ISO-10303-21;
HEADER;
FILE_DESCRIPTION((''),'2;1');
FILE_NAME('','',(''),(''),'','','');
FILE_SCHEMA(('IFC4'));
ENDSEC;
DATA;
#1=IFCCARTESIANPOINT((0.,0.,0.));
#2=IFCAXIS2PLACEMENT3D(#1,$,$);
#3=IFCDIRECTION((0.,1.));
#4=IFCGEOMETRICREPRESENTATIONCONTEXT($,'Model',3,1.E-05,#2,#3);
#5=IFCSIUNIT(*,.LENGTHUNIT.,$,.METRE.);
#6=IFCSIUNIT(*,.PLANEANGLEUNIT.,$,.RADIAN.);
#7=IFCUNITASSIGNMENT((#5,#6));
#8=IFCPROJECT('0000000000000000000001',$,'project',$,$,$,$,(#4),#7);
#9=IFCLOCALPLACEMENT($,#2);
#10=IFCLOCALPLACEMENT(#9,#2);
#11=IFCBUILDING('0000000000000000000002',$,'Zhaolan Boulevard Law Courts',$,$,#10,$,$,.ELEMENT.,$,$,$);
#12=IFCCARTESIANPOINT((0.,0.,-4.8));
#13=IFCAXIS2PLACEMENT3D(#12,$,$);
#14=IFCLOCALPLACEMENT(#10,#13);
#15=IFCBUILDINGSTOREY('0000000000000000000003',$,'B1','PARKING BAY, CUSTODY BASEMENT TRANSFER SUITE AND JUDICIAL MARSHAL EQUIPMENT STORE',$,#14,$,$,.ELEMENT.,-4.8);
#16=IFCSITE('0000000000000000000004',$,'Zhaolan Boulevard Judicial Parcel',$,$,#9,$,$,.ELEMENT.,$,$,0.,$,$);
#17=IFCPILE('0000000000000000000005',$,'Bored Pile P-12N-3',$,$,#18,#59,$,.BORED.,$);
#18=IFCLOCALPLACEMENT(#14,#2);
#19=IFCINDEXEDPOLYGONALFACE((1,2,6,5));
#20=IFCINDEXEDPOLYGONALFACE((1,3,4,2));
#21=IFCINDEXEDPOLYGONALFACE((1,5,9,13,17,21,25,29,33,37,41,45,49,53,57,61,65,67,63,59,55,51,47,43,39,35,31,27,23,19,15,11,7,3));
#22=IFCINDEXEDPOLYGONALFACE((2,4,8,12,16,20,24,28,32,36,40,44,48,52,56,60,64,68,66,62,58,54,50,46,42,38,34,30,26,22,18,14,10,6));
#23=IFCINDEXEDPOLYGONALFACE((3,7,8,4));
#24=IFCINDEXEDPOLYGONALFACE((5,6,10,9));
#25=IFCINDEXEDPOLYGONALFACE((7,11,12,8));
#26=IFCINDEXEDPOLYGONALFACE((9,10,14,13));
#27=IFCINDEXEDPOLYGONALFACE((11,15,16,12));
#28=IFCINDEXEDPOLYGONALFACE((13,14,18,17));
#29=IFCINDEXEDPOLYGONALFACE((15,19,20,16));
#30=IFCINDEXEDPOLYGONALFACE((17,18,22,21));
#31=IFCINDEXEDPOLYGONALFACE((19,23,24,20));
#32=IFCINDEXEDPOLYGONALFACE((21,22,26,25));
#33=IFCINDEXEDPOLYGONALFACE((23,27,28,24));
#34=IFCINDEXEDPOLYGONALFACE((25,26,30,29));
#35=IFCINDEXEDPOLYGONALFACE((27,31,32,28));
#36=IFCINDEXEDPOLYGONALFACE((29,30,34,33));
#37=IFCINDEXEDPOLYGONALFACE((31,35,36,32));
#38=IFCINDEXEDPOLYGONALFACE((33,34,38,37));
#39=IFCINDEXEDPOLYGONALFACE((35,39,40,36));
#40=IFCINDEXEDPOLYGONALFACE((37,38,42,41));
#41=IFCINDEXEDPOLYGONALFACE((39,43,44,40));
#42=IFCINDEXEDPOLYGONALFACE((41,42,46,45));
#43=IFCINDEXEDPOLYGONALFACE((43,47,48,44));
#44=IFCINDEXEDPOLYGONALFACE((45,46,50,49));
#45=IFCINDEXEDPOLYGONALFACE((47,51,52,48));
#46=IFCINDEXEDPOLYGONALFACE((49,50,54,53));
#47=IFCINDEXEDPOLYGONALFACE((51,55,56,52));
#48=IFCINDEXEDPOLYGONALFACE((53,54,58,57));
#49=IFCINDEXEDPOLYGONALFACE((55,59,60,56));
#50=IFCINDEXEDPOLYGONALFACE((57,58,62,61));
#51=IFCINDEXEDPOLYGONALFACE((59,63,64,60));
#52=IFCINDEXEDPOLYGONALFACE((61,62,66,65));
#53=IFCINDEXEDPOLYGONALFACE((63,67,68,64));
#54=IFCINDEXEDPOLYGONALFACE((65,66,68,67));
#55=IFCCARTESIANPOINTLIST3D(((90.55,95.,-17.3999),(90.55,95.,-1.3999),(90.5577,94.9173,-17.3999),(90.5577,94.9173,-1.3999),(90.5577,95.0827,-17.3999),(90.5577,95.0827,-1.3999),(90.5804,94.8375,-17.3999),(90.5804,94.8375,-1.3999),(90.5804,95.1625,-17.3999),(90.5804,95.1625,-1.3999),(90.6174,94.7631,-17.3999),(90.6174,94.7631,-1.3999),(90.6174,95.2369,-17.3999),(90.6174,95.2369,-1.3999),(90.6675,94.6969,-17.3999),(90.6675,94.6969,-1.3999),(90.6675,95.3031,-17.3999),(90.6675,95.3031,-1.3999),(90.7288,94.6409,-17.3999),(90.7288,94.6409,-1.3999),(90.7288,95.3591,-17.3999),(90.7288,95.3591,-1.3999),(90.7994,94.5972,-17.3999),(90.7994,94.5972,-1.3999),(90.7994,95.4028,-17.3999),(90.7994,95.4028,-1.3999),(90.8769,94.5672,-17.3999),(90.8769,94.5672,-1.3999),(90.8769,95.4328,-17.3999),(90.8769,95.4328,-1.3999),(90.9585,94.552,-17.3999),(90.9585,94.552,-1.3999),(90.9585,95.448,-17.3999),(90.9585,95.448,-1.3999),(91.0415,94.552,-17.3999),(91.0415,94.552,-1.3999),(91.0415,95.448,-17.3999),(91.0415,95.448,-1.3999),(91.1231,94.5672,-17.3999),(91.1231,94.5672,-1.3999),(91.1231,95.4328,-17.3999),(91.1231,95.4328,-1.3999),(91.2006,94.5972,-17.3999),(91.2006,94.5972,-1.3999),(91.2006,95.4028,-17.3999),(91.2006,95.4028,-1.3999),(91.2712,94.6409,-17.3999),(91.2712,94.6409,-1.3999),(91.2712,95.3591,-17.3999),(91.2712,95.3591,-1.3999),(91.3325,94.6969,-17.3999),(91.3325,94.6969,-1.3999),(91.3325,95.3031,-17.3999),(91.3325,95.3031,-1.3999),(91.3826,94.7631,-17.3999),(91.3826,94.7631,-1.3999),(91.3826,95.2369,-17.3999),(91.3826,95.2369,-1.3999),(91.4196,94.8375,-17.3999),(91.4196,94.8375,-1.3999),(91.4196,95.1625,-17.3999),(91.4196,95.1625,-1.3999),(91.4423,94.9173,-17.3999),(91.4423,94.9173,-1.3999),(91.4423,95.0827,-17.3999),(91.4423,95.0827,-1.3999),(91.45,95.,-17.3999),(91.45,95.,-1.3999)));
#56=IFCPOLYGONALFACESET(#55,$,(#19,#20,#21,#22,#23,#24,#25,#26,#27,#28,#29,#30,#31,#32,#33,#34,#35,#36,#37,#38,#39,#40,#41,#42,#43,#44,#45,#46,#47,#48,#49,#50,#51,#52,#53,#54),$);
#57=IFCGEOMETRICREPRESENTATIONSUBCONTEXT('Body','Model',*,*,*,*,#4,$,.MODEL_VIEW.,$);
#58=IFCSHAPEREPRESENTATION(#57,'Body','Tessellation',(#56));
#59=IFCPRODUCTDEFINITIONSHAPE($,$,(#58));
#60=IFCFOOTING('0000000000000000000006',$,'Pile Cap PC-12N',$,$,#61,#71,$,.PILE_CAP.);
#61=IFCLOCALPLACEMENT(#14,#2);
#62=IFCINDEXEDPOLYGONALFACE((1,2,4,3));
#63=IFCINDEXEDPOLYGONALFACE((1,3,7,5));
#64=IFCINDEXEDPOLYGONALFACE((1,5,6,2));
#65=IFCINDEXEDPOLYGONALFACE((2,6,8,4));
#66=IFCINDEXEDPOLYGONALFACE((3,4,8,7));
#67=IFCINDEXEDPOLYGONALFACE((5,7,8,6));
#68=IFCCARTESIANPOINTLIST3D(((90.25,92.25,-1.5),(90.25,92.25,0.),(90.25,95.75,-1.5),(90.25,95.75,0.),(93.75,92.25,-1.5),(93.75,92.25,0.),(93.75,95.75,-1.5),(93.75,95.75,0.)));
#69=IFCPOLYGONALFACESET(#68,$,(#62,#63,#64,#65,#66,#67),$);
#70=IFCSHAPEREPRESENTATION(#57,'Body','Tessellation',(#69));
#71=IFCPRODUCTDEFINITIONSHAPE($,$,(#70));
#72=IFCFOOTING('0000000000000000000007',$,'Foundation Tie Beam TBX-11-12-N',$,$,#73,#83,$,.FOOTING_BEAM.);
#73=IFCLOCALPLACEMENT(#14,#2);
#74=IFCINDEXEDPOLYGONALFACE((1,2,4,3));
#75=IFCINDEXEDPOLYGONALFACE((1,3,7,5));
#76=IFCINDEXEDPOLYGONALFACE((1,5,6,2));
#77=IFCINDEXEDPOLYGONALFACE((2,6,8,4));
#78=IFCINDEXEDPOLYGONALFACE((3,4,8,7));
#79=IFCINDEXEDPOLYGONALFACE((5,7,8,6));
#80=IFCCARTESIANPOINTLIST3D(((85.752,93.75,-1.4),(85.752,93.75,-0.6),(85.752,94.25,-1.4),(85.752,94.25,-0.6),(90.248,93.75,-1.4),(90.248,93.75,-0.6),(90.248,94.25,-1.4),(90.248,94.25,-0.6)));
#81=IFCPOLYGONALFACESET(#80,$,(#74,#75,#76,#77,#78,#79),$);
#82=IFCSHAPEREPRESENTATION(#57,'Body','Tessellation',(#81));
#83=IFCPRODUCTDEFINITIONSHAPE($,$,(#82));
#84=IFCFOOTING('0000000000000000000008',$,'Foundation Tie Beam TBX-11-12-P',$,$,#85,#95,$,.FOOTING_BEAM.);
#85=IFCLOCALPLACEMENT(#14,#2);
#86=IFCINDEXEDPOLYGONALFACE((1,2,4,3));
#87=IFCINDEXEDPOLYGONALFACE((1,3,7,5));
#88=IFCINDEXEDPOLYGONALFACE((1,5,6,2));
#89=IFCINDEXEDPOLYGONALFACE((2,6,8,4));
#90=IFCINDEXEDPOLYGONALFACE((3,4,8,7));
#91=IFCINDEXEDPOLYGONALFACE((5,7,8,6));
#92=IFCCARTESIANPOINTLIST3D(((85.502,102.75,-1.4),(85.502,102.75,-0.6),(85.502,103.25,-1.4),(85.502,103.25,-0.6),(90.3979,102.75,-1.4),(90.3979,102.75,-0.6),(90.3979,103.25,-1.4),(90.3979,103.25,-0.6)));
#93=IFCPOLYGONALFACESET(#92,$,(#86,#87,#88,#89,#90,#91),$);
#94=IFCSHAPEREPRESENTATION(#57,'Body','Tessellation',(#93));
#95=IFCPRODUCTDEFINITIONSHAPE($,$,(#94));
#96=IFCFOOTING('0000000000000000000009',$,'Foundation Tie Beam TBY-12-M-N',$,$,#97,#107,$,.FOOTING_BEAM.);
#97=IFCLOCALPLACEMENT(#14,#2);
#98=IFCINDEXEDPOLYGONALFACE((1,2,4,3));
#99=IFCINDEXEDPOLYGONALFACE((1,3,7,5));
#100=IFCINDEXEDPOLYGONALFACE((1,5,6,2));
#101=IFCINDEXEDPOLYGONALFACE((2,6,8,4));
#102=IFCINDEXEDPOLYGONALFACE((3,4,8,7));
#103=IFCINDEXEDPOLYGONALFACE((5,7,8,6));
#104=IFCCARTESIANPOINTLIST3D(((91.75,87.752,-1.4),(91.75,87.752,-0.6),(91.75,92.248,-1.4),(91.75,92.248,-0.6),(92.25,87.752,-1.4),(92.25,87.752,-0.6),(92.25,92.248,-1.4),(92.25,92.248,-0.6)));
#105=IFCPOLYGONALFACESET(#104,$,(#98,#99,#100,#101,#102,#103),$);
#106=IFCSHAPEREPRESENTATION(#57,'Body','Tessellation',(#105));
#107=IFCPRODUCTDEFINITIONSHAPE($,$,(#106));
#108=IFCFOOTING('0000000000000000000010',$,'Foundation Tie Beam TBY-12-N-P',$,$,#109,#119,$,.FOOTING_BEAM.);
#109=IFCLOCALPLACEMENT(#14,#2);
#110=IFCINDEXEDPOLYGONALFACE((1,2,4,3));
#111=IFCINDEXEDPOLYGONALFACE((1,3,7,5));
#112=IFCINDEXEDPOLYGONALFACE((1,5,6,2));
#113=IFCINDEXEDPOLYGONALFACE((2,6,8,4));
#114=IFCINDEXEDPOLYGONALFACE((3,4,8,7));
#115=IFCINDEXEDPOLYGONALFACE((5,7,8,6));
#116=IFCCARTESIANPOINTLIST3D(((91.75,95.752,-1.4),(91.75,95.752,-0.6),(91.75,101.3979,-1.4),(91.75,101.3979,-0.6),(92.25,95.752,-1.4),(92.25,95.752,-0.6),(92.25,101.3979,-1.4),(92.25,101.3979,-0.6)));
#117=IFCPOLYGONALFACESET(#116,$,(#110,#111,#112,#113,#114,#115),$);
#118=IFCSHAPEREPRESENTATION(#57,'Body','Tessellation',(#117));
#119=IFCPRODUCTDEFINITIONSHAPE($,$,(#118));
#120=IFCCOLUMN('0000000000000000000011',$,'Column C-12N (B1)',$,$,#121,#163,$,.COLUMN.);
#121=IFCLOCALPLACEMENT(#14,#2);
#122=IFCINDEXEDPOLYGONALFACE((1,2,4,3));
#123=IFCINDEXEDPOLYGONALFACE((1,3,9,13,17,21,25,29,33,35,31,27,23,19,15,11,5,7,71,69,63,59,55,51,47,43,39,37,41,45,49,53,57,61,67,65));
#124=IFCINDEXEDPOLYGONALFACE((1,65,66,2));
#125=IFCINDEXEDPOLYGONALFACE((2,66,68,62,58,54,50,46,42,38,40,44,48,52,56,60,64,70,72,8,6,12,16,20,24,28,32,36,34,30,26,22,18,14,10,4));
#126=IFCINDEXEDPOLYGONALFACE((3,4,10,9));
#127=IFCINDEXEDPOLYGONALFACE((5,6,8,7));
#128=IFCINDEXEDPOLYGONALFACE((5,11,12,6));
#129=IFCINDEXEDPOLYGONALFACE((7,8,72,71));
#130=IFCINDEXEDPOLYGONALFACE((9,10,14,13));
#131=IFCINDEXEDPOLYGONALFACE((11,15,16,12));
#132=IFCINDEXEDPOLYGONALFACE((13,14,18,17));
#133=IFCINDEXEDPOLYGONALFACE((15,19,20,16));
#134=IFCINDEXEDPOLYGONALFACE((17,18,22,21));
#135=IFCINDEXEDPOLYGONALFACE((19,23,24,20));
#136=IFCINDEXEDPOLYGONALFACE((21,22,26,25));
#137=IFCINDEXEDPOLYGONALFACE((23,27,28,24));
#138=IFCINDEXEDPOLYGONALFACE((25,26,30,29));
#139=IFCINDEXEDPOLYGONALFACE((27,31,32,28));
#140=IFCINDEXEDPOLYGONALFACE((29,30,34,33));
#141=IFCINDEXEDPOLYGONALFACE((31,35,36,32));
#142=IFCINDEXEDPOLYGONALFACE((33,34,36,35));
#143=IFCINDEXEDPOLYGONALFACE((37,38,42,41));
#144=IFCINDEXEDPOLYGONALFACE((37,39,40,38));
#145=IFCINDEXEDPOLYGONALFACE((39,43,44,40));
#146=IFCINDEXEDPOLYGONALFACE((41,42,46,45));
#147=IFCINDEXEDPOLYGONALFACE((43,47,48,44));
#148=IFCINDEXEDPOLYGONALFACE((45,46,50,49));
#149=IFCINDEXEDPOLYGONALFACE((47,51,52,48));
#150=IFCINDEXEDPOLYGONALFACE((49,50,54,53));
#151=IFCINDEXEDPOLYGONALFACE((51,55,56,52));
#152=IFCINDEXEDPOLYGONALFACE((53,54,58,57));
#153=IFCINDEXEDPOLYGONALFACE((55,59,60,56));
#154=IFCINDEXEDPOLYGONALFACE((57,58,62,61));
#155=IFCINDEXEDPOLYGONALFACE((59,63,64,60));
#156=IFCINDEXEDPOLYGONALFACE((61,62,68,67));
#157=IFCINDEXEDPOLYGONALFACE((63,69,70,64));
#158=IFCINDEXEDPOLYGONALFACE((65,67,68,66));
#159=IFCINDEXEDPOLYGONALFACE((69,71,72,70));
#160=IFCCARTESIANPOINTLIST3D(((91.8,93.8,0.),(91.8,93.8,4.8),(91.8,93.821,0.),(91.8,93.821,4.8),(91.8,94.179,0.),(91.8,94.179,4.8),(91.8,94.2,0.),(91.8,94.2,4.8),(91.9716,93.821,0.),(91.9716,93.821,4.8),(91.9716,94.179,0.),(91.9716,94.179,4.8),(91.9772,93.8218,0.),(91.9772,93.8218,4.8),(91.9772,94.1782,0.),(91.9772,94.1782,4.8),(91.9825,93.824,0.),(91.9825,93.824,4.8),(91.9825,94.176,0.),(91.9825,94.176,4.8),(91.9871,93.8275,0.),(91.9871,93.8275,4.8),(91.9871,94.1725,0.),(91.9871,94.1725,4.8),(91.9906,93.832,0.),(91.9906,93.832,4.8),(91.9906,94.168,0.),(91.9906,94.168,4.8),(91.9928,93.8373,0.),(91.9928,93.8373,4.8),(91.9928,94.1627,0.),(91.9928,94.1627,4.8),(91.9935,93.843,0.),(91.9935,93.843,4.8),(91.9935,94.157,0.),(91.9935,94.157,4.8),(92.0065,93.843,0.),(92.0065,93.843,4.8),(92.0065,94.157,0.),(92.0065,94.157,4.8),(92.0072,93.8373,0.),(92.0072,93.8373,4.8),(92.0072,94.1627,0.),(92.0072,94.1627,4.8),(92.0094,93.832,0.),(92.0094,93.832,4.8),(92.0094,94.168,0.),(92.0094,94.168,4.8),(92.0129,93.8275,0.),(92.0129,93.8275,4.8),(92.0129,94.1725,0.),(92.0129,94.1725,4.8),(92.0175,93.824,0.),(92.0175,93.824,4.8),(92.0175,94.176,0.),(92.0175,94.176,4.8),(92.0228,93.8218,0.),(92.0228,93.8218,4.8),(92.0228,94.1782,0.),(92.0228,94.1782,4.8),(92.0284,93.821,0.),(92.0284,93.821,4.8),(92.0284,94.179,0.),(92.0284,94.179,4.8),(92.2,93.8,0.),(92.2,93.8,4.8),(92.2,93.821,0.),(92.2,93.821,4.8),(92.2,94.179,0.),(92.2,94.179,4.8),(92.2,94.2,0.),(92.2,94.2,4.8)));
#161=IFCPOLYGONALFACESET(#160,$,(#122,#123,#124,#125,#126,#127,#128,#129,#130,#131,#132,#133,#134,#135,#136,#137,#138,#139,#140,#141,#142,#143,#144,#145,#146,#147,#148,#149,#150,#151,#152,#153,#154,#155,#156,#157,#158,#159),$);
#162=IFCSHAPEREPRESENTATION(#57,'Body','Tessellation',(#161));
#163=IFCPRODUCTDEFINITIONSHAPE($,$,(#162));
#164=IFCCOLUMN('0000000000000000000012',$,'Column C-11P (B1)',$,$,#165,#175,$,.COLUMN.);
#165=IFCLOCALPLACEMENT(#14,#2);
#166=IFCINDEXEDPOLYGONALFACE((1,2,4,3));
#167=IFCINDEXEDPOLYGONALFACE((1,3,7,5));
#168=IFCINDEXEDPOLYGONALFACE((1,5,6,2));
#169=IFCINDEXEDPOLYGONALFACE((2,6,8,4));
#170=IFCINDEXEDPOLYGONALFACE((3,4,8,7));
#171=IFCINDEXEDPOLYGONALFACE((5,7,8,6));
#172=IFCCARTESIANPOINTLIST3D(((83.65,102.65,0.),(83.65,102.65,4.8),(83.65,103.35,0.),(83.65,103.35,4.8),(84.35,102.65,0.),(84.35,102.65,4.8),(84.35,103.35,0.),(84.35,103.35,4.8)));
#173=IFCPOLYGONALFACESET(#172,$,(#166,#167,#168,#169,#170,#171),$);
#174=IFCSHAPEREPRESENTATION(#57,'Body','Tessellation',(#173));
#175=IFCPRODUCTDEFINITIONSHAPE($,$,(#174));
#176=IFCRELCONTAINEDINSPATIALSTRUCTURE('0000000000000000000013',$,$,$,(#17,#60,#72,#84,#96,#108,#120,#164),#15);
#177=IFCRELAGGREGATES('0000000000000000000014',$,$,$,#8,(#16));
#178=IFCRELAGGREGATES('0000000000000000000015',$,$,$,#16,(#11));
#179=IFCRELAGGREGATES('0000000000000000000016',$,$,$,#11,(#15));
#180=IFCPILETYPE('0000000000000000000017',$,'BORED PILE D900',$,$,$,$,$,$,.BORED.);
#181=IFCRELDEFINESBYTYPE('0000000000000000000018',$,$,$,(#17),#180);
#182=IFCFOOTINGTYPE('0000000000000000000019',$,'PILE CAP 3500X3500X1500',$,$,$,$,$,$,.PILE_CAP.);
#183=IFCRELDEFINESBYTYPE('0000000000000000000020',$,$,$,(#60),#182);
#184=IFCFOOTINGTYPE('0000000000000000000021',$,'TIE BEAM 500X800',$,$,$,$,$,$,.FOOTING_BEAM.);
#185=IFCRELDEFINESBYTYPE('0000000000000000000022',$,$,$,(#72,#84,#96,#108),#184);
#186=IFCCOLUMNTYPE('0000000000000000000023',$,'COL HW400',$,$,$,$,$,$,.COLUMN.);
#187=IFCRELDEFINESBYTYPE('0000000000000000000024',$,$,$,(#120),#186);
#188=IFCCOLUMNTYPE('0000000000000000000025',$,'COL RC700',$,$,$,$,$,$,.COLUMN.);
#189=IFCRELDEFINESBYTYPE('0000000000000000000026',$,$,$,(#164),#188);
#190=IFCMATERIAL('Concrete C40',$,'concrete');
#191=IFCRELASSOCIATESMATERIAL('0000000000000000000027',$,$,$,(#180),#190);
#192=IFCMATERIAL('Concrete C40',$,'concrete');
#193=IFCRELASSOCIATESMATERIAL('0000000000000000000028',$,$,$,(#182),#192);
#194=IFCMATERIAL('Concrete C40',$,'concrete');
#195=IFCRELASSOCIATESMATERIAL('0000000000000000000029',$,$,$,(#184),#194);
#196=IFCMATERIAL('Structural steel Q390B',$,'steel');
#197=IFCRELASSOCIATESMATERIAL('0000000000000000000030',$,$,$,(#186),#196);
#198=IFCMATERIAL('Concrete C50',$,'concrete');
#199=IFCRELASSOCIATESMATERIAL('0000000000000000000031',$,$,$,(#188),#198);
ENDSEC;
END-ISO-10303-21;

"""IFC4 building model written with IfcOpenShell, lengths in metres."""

from ifc_helpers import new_model, si_unit, direction, frame, origin, origin_2d, place, context, subcontext, project, spatial, rectangle, circle, i_section, extrude, material, material_profile, profile_set, type_object, element, save


model = new_model("IFC4")

# Units and contexts
model_context = context("Model", 3, precision=1e-05, world=origin(), true_north=direction((0.0, 1.0)))
body_context = subcontext(model_context, "Body", "Model", "MODEL_VIEW")
ifc_project = project(units=[si_unit("LENGTHUNIT", "METRE"), si_unit("PLANEANGLEUNIT", "RADIAN")], contexts=[model_context])

# Site, building, storey
site_placement = place(None, origin())
site = spatial("IfcSite", under=ifc_project, at=site_placement, Name="Zhaolan Boulevard Judicial Parcel", CompositionType="ELEMENT", RefElevation=0.0)
building_placement = place(site_placement, origin())
building = spatial("IfcBuilding", under=site, at=building_placement, Name="Zhaolan Boulevard Law Courts", CompositionType="ELEMENT")
storey_placement = place(building_placement, frame((0.0, 0.0, -4.8)))
storey = spatial("IfcBuildingStorey", under=building, at=storey_placement, Name="B1", Description="PARKING BAY, CUSTODY BASEMENT TRANSFER SUITE AND JUDICIAL MARSHAL EQUIPMENT STORE", CompositionType="ELEMENT", Elevation=-4.8)

# Pile
ifc_material_1 = material(Name="Concrete C40", Category="concrete")
ifc_material_profile_1 = material_profile(ifc_material_1, circle(Radius=0.45, at=origin_2d()), Name="PILE-D900")
ifc_profile_set_1 = profile_set([ifc_material_profile_1], Name="Concrete C40")
pile_type_1 = type_object("IfcPileType", Name="BORED PILE D900", PredefinedType="BORED", material=ifc_profile_set_1)
for number, where, z_axis, x_axis, name in (
    (1, (91.0, 95.0, -1.3999), (0.0, 0.0, -1.0), (1.0, 0.0, 0.0), "Bored Pile P-12N-3"),
):
    element("IfcPile", number, at=place(storey_placement, frame(where, z_axis=z_axis, x_axis=x_axis)), inside=storey, type_object=pile_type_1, Name=name, PredefinedType="BORED", context=body_context, shape_type="SweptSolid", body=[
        extrude(circle(Radius=0.45, at=origin_2d()), origin(), (0.0, 0.0, 1.0), 16.0),
    ])

# Footings
ifc_material_2 = material(Name="Concrete C40", Category="concrete")
footing_type_1 = type_object("IfcFootingType", Name="PILE CAP 3500X3500X1500", PredefinedType="PILE_CAP", material=ifc_material_2)
footing_1_placement = place(storey_placement, frame((92.0, 94.0, -1.5), z_axis=(0.0, 0.0, 1.0), x_axis=(1.0, 0.0, 0.0)))
element("IfcFooting", 2, at=footing_1_placement, inside=storey, type_object=footing_type_1, Name="Pile Cap PC-12N", PredefinedType="PILE_CAP", context=body_context, shape_type="SweptSolid", body=[
    extrude(rectangle(XDim=3.5, YDim=3.5, at=origin_2d()), origin(), (0.0, 0.0, 1.0), 1.5),
])
ifc_material_3 = material(Name="Concrete C40", Category="concrete")
ifc_material_profile_2 = material_profile(ifc_material_3, rectangle(XDim=0.5, YDim=0.8, at=origin_2d()), Name="RC500x800")
ifc_profile_set_2 = profile_set([ifc_material_profile_2], Name="Concrete C40")
footing_type_2 = type_object("IfcFootingType", Name="TIE BEAM 500X800", PredefinedType="FOOTING_BEAM", material=ifc_profile_set_2)
footing_2_placement = place(storey_placement, frame((85.752, 94.0, -1.0), z_axis=(1.0, 0.0, 0.0), x_axis=(0.0, 1.0, 0.0)))
element("IfcFooting", 3, at=footing_2_placement, inside=storey, type_object=footing_type_2, Name="Foundation Tie Beam TBX-11-12-N", PredefinedType="FOOTING_BEAM", context=body_context, shape_type="SweptSolid", body=[
    extrude(rectangle(XDim=0.5, YDim=0.8, at=origin_2d()), origin(), (0.0, 0.0, 1.0), 4.4961),
])
footing_3_placement = place(storey_placement, frame((85.502, 103.0, -1.0), z_axis=(1.0, 0.0, 0.0), x_axis=(0.0, 1.0, 0.0)))
element("IfcFooting", 4, at=footing_3_placement, inside=storey, type_object=footing_type_2, Name="Foundation Tie Beam TBX-11-12-P", PredefinedType="FOOTING_BEAM", context=body_context, shape_type="SweptSolid", body=[
    extrude(rectangle(XDim=0.5, YDim=0.8, at=origin_2d()), origin(), (0.0, 0.0, 1.0), 4.896),
])
footing_4_placement = place(storey_placement, frame((92.0, 87.752, -1.0), z_axis=(0.0, 1.0, 0.0), x_axis=(-1.0, 0.0, 0.0)))
element("IfcFooting", 5, at=footing_4_placement, inside=storey, type_object=footing_type_2, Name="Foundation Tie Beam TBY-12-M-N", PredefinedType="FOOTING_BEAM", context=body_context, shape_type="SweptSolid", body=[
    extrude(rectangle(XDim=0.5, YDim=0.8, at=origin_2d()), origin(), (0.0, 0.0, 1.0), 4.4961),
])
footing_5_placement = place(storey_placement, frame((92.0, 95.752, -1.0), z_axis=(0.0, 1.0, 0.0), x_axis=(-1.0, 0.0, 0.0)))
element("IfcFooting", 6, at=footing_5_placement, inside=storey, type_object=footing_type_2, Name="Foundation Tie Beam TBY-12-N-P", PredefinedType="FOOTING_BEAM", context=body_context, shape_type="SweptSolid", body=[
    extrude(rectangle(XDim=0.5, YDim=0.8, at=origin_2d()), origin(), (0.0, 0.0, 1.0), 5.646),
])

# Columns
ifc_material_4 = material(Name="Structural steel Q390B", Category="steel")
ifc_material_profile_3 = material_profile(ifc_material_4, i_section(OverallWidth=0.3999, OverallDepth=0.3999, WebThickness=0.0129, FlangeThickness=0.021, FilletRadius=0.022, at=origin_2d()), Name="HW400x400")
ifc_profile_set_3 = profile_set([ifc_material_profile_3], Name="Structural steel Q390B")
column_type_1 = type_object("IfcColumnType", Name="COL HW400", PredefinedType="COLUMN", material=ifc_profile_set_3)
column_1_placement = place(storey_placement, frame((92.0, 94.0, 0.0), z_axis=(0.0, 0.0, 1.0), x_axis=(1.0, 0.0, 0.0)))
element("IfcColumn", 7, at=column_1_placement, inside=storey, type_object=column_type_1, Name="Column C-12N (B1)", PredefinedType="COLUMN", context=body_context, shape_type="SweptSolid", body=[
    extrude(i_section(OverallWidth=0.3999, OverallDepth=0.3999, WebThickness=0.0129, FlangeThickness=0.021, FilletRadius=0.022, at=origin_2d()), origin(), (0.0, 0.0, 1.0), 4.8),
])
ifc_material_5 = material(Name="Concrete C50", Category="concrete")
ifc_material_profile_4 = material_profile(ifc_material_5, rectangle(XDim=0.7, YDim=0.7, at=origin_2d()), Name="RC700x700")
ifc_profile_set_4 = profile_set([ifc_material_profile_4], Name="Concrete C50")
column_type_2 = type_object("IfcColumnType", Name="COL RC700", PredefinedType="COLUMN", material=ifc_profile_set_4)
column_2_placement = place(storey_placement, frame((84.0, 103.0, 0.0), z_axis=(0.0, 0.0, 1.0), x_axis=(1.0, 0.0, 0.0)))
element("IfcColumn", 8, at=column_2_placement, inside=storey, type_object=column_type_2, Name="Column C-11P (B1)", PredefinedType="COLUMN", context=body_context, shape_type="SweptSolid", body=[
    extrude(rectangle(XDim=0.7, YDim=0.7, at=origin_2d()), origin(), (0.0, 0.0, 1.0), 4.8),
])

save(model, "model.ifc")
